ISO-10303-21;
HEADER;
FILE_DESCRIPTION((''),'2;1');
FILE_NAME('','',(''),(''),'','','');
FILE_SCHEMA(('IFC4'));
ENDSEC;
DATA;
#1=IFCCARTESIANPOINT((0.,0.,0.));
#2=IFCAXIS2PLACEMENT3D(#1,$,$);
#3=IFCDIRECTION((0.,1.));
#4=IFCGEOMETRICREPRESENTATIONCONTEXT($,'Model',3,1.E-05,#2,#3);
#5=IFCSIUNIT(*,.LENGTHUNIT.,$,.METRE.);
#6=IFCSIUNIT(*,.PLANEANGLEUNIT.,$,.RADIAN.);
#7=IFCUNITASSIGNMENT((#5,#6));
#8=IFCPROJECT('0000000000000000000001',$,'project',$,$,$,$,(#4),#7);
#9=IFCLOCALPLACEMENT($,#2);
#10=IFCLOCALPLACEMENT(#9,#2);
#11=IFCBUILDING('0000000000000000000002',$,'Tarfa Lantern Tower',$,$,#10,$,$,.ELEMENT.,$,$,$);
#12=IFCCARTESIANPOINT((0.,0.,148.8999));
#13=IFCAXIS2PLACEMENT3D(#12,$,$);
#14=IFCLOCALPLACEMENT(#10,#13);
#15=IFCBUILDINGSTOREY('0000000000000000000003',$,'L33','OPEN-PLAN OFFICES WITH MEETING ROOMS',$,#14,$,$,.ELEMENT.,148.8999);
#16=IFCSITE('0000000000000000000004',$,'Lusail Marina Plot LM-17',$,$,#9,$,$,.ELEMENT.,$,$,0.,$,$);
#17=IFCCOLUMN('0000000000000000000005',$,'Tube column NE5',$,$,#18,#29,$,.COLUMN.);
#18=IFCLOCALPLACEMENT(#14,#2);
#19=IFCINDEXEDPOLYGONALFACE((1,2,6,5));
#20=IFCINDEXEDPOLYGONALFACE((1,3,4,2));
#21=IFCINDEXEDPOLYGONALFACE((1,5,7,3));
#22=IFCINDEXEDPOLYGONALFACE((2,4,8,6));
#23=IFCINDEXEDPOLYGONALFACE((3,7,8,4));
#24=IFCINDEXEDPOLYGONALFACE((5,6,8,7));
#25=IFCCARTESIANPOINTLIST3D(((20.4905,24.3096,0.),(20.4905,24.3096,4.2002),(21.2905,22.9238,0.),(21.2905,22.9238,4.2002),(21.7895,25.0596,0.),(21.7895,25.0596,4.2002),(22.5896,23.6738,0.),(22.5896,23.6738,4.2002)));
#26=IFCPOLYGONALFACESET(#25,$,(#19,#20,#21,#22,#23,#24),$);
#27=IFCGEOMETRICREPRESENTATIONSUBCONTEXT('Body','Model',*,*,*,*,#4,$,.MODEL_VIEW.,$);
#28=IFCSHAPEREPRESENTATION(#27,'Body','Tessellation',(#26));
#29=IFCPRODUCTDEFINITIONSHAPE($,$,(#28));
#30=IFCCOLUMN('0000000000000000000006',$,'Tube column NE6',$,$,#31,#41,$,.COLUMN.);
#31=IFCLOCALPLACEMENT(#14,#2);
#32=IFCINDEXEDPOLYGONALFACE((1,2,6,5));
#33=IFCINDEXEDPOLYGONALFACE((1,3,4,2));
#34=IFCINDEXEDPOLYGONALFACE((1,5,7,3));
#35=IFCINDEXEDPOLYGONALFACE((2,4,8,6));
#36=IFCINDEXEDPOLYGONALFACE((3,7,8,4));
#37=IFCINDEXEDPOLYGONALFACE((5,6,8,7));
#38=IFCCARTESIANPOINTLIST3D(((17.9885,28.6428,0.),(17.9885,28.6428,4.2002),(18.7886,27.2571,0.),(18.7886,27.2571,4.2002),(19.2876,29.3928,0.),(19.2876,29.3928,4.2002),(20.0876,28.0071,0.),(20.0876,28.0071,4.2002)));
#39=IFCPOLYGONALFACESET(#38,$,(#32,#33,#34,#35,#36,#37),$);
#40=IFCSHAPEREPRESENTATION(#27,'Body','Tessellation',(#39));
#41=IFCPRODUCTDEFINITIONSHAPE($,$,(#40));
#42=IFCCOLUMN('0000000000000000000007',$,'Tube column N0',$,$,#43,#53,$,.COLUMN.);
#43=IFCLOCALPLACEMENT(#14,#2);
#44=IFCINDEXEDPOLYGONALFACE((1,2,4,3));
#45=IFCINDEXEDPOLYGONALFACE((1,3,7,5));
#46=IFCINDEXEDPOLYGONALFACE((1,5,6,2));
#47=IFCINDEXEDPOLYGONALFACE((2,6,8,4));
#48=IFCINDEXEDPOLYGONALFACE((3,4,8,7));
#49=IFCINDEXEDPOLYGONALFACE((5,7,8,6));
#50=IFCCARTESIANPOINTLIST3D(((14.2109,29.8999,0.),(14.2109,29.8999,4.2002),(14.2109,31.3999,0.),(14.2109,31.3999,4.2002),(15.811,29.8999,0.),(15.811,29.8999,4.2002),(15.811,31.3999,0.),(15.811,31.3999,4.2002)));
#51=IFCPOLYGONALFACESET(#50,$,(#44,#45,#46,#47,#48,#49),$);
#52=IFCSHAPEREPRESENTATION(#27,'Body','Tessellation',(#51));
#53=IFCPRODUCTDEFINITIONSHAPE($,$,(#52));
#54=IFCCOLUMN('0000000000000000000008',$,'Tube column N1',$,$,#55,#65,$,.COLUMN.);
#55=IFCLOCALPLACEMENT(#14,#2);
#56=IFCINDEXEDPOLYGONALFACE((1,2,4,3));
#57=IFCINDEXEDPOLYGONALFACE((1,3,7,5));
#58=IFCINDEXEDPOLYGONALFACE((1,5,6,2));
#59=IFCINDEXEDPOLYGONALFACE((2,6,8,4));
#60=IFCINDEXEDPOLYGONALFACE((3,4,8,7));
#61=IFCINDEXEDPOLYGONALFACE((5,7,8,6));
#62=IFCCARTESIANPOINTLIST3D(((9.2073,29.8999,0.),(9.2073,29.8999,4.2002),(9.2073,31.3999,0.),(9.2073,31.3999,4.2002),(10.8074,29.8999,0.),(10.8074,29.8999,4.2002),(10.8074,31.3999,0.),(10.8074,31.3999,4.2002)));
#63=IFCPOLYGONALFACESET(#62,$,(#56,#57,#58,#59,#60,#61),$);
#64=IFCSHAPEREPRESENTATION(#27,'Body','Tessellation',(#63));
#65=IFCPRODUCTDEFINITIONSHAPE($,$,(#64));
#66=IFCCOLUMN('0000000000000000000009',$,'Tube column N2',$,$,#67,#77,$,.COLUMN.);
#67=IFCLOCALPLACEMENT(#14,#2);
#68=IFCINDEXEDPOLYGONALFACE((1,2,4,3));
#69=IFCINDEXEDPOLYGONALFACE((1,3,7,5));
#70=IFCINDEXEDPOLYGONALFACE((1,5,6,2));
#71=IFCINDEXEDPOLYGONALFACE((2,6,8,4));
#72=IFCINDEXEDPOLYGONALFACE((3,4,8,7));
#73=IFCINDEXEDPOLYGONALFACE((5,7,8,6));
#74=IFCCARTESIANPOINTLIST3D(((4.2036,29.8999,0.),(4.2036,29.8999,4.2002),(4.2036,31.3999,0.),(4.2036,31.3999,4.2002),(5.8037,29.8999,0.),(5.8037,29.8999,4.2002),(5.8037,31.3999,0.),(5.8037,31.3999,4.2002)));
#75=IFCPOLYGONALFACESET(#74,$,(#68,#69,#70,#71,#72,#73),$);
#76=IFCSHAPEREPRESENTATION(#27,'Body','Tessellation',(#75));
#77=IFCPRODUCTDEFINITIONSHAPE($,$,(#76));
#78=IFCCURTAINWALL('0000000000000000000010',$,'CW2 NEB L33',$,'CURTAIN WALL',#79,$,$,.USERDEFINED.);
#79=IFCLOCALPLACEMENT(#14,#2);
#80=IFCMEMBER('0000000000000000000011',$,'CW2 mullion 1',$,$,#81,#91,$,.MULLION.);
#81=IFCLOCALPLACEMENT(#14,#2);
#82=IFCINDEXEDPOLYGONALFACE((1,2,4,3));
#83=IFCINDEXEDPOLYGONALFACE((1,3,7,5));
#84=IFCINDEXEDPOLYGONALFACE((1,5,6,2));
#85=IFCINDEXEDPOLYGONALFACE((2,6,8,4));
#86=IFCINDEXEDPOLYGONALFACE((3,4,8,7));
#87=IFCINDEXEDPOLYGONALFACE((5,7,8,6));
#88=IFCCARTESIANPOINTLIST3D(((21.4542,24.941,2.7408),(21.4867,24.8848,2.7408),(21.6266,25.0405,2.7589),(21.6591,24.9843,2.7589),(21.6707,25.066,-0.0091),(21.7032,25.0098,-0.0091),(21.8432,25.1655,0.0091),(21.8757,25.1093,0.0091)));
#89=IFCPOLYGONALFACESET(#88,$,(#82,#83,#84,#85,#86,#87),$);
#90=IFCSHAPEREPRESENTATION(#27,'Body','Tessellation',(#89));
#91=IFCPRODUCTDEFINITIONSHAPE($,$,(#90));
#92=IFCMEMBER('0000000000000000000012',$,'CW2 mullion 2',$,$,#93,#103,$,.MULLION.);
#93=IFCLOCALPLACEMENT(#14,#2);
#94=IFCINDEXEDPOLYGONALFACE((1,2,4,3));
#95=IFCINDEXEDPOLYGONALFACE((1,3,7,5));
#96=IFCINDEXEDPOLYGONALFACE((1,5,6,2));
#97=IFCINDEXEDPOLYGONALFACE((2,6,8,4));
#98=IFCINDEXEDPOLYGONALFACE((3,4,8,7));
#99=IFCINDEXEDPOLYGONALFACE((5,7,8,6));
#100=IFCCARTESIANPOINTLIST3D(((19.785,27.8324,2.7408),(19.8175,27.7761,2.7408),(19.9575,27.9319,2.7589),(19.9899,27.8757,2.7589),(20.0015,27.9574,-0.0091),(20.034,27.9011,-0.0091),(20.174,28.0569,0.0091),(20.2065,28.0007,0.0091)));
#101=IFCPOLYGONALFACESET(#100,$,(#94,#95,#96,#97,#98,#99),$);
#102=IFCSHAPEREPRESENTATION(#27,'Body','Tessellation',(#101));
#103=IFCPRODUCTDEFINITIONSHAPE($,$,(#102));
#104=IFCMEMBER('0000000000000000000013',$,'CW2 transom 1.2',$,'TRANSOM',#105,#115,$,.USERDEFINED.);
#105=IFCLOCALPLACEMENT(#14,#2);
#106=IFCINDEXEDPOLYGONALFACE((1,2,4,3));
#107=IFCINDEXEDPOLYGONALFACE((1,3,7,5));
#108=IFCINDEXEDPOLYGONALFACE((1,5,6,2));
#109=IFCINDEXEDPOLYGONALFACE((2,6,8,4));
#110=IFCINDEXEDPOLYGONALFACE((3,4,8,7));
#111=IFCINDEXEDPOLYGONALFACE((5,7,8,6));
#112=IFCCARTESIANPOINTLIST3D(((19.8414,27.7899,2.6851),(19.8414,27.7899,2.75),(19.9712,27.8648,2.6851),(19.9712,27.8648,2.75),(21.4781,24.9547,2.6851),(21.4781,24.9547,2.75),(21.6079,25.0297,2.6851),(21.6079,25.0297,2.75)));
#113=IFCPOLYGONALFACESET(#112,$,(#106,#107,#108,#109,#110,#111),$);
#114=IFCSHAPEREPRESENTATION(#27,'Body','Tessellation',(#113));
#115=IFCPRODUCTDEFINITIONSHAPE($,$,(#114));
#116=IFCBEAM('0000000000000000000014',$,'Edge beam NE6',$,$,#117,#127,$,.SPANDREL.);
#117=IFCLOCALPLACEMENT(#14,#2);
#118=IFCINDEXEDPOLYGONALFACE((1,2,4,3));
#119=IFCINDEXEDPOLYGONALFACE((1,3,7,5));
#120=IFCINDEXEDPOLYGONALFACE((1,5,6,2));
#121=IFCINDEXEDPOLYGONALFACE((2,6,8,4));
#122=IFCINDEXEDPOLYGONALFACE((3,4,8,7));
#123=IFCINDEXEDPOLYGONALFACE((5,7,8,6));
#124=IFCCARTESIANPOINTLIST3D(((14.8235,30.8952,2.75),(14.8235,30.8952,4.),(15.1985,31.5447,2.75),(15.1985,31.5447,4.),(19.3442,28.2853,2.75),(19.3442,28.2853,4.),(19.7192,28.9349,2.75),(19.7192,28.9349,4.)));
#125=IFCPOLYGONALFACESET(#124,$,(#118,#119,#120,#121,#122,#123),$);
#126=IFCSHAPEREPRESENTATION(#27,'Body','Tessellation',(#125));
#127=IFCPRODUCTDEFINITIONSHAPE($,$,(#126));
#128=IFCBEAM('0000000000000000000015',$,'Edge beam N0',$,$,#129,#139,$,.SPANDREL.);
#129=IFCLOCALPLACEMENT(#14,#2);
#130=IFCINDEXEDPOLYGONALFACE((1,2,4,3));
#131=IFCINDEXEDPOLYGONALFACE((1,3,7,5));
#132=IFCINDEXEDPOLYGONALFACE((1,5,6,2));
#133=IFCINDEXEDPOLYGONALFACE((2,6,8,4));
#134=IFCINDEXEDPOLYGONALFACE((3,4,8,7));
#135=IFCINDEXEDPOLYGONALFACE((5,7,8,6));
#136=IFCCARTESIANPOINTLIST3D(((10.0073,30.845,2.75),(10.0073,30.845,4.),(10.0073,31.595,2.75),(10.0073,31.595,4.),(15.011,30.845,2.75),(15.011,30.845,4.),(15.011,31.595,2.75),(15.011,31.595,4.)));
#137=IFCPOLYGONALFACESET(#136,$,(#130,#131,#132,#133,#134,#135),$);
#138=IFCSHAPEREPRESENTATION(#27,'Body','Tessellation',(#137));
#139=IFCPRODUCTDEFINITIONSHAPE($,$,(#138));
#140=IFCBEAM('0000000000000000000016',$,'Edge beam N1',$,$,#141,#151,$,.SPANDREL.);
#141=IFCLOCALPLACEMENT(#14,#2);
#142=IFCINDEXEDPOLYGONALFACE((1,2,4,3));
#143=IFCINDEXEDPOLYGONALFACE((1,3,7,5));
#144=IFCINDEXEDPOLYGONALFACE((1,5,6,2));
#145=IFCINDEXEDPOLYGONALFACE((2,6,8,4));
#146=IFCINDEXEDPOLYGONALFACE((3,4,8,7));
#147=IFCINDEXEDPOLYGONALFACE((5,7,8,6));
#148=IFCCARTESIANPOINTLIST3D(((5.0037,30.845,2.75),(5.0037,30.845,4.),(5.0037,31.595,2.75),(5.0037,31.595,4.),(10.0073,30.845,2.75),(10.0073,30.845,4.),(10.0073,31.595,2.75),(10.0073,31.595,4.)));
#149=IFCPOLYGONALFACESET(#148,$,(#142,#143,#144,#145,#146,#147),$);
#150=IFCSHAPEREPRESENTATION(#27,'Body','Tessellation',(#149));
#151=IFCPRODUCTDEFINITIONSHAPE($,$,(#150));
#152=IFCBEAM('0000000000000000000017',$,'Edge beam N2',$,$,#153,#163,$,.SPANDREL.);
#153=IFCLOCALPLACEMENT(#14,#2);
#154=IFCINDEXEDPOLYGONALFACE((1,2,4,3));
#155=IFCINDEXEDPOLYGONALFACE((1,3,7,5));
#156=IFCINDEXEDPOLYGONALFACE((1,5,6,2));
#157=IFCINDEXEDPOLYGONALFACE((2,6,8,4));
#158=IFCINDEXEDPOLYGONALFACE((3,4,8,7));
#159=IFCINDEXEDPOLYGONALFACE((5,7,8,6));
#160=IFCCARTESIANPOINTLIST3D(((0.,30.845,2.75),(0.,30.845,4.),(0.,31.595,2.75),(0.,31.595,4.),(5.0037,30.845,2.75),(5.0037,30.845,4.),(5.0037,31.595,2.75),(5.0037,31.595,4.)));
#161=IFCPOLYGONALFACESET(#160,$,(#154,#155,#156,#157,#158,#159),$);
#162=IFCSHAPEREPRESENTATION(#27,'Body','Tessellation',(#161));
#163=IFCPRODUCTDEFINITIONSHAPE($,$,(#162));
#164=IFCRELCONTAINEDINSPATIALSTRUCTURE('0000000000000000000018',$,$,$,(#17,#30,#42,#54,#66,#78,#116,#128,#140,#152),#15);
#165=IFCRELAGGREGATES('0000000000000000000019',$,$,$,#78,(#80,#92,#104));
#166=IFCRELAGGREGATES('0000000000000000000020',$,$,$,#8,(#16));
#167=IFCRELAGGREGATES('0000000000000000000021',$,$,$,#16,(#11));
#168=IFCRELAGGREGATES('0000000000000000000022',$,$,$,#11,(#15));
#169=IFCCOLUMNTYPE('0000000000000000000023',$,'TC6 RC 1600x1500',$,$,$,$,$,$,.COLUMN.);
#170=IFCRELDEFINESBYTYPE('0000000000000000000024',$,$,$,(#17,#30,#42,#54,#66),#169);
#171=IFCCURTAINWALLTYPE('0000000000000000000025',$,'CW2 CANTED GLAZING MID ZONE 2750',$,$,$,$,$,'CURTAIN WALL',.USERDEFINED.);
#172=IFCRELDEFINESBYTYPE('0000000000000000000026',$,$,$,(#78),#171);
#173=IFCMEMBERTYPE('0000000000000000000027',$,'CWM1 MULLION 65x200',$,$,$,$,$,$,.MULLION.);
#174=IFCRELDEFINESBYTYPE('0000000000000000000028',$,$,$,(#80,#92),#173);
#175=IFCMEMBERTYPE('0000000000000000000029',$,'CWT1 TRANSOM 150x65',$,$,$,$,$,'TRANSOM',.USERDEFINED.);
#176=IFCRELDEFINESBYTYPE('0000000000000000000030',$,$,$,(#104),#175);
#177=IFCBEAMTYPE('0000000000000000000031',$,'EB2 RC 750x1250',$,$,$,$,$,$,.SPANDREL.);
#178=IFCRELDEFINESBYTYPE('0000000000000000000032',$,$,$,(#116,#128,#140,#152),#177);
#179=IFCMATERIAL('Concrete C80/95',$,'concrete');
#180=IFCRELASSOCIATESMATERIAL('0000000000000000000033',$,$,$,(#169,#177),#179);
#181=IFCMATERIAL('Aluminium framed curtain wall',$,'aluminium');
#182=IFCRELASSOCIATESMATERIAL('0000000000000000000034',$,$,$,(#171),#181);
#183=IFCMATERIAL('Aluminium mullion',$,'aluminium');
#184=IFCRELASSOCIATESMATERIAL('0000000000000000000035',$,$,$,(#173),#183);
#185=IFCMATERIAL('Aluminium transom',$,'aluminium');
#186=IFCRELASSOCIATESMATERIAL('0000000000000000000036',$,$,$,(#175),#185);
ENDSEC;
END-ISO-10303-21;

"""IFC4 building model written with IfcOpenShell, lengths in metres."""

from ifc_helpers import new_model, si_unit, direction, frame, origin, origin_2d, place, context, subcontext, project, spatial, rectangle, extrude, material, material_profile, profile_set, type_object, element, aggregate, save


model = new_model("IFC4")

# Units and contexts
model_context = context("Model", 3, precision=1e-05, world=origin(), true_north=direction((0.0, 1.0)))
body_context = subcontext(model_context, "Body", "Model", "MODEL_VIEW")
ifc_project = project(units=[si_unit("LENGTHUNIT", "METRE"), si_unit("PLANEANGLEUNIT", "RADIAN")], contexts=[model_context])

# Site, building, storey
site_placement = place(None, origin())
site = spatial("IfcSite", under=ifc_project, at=site_placement, Name="Lusail Marina Plot LM-17", CompositionType="ELEMENT", RefElevation=0.0)
building_placement = place(site_placement, origin())
building = spatial("IfcBuilding", under=site, at=building_placement, Name="Tarfa Lantern Tower", CompositionType="ELEMENT")
storey_placement = place(building_placement, frame((0.0, 0.0, 148.8999)))
storey = spatial("IfcBuildingStorey", under=building, at=storey_placement, Name="L33", Description="OPEN-PLAN OFFICES WITH MEETING ROOMS", CompositionType="ELEMENT", Elevation=148.8999)

# Columns
ifc_material_1 = material(Name="Concrete C80/95", Category="concrete")
ifc_material_profile_1 = material_profile(ifc_material_1, rectangle(XDim=1.6001, YDim=1.5, at=origin_2d()), Name="RC 1600x1500")
ifc_profile_set_1 = profile_set([ifc_material_profile_1], Name="Concrete C80/95")
column_type = type_object("IfcColumnType", Name="TC6 RC 1600x1500", PredefinedType="COLUMN", material=ifc_profile_set_1)
for number, where, z_axis, x_axis, name in (
    (1, (21.54, 23.9917, 0.0), (0.0, 0.0, 1.0), (-0.5, 0.866025, 0.0), "Tube column NE5"),
    (2, (19.0381, 28.325, 0.0), (0.0, 0.0, 1.0), (-0.5, 0.866025, 0.0), "Tube column NE6"),
    (3, (15.011, 30.6499, 0.0), (0.0, 0.0, 1.0), (-1.0, 0.0, 0.0), "Tube column N0"),
    (4, (10.0073, 30.6499, 0.0), (0.0, 0.0, 1.0), (-1.0, 0.0, 0.0), "Tube column N1"),
    (5, (5.0037, 30.6499, 0.0), (0.0, 0.0, 1.0), (-1.0, 0.0, 0.0), "Tube column N2"),
):
    element("IfcColumn", number, at=place(storey_placement, frame(where, z_axis=z_axis, x_axis=x_axis)), inside=storey, type_object=column_type, Name=name, PredefinedType="COLUMN", context=body_context, shape_type="SweptSolid", body=[
        extrude(rectangle(XDim=1.6001, YDim=1.5, at=origin_2d()), origin(), (0.0, 0.0, 1.0), 4.2002),
    ])

# Curtain wall, members
ifc_material_2 = material(Name="Aluminium framed curtain wall", Category="aluminium")
curtain_wall_type = type_object("IfcCurtainWallType", Name="CW2 CANTED GLAZING MID ZONE 2750", ElementType="CURTAIN WALL", PredefinedType="USERDEFINED", material=ifc_material_2)
curtain_wall_placement = place(storey_placement, origin())
curtain_wall = element("IfcCurtainWall", 6, at=curtain_wall_placement, inside=storey, type_object=curtain_wall_type, Name="CW2 NEB L33", ObjectType="CURTAIN WALL", PredefinedType="USERDEFINED")
ifc_material_3 = material(Name="Aluminium mullion", Category="aluminium")
ifc_material_profile_2 = material_profile(ifc_material_3, rectangle(XDim=0.0649, YDim=0.2, at=origin_2d()), Name="AL MULLION 65x200")
ifc_profile_set_2 = profile_set([ifc_material_profile_2], Name="Aluminium mullion")
member_type_1 = type_object("IfcMemberType", Name="CWM1 MULLION 65x200", PredefinedType="MULLION", material=ifc_profile_set_2)
member_1_placement = place(storey_placement, frame((21.7732, 25.0876, 0.0), z_axis=(-0.078423, -0.045268, 0.995892), x_axis=(0.49992, -0.866072, 0.0)))
member_1 = element("IfcMember", 7, at=member_1_placement, type_object=member_type_1, Name="CW2 mullion 1", PredefinedType="MULLION", context=body_context, shape_type="SweptSolid", body=[
    extrude(rectangle(XDim=0.0649, YDim=0.2, at=origin_2d()), origin(), (0.0, 0.0, 1.0), 2.7612),
])
member_2_placement = place(storey_placement, frame((20.104, 27.979, 0.0), z_axis=(-0.078423, -0.045268, 0.995892), x_axis=(0.49992, -0.866072, 0.0)))
member_2 = element("IfcMember", 8, at=member_2_placement, type_object=member_type_1, Name="CW2 mullion 2", PredefinedType="MULLION", context=body_context, shape_type="SweptSolid", body=[
    extrude(rectangle(XDim=0.0649, YDim=0.2, at=origin_2d()), origin(), (0.0, 0.0, 1.0), 2.7612),
])
ifc_material_4 = material(Name="Aluminium transom", Category="aluminium")
ifc_material_profile_3 = material_profile(ifc_material_4, rectangle(XDim=0.1499, YDim=0.0649, at=origin_2d()), Name="AL TRANSOM 150x65")
ifc_profile_set_3 = profile_set([ifc_material_profile_3], Name="Aluminium transom")
member_type_2 = type_object("IfcMemberType", Name="CWT1 TRANSOM 150x65", ElementType="TRANSOM", PredefinedType="USERDEFINED", material=ifc_profile_set_3)
member_3_placement = place(storey_placement, frame((21.543, 24.9922, 2.7175), z_axis=(-0.499957, 0.86605, 0.0), x_axis=(-0.86605, -0.499957, 0.0)))
member_3 = element("IfcMember", 9, at=member_3_placement, type_object=member_type_2, Name="CW2 transom 1.2", ObjectType="TRANSOM", PredefinedType="USERDEFINED", context=body_context, shape_type="SweptSolid", body=[
    extrude(rectangle(XDim=0.1499, YDim=0.0649, at=origin_2d()), origin(), (0.0, 0.0, 1.0), 3.2737),
])

# Beams
ifc_material_profile_4 = material_profile(ifc_material_1, rectangle(XDim=0.75, YDim=1.25, at=origin_2d()), Name="RC 750x1250")
ifc_profile_set_4 = profile_set([ifc_material_profile_4], Name="Concrete C80/95")
beam_type_1 = type_object("IfcBeamType", Name="EB2 RC 750x1250", PredefinedType="SPANDREL", material=ifc_profile_set_4)
beam_1_placement = place(storey_placement, frame((19.5317, 28.6101, 3.375), z_axis=(-0.866042, 0.499972, 0.0), x_axis=(-0.499972, -0.866042, 0.0)))
element("IfcBeam", 10, at=beam_1_placement, inside=storey, type_object=beam_type_1, Name="Edge beam NE6", PredefinedType="SPANDREL", context=body_context, shape_type="SweptSolid", body=[
    extrude(rectangle(XDim=0.75, YDim=1.25, at=origin_2d()), origin(), (0.0, 0.0, 1.0), 5.22),
])
for number, where, z_axis, x_axis, name in (
    (11, (15.011, 31.22, 3.375), (-1.0, 0.0, 0.0), (0.0, -1.0, 0.0), "Edge beam N0"),
    (12, (10.0073, 31.22, 3.375), (-1.0, 0.0, 0.0), (0.0, -1.0, 0.0), "Edge beam N1"),
    (13, (5.0037, 31.22, 3.375), (-1.0, 0.0, 0.0), (0.0, -1.0, 0.0), "Edge beam N2"),
):
    element("IfcBeam", number, at=place(storey_placement, frame(where, z_axis=z_axis, x_axis=x_axis)), inside=storey, type_object=beam_type_1, Name=name, PredefinedType="SPANDREL", context=body_context, shape_type="SweptSolid", body=[
        extrude(rectangle(XDim=0.75, YDim=1.25, at=origin_2d()), origin(), (0.0, 0.0, 1.0), 5.0037),
    ])

aggregate(curtain_wall, [member_1, member_2, member_3])

save(model, "model.ifc")
